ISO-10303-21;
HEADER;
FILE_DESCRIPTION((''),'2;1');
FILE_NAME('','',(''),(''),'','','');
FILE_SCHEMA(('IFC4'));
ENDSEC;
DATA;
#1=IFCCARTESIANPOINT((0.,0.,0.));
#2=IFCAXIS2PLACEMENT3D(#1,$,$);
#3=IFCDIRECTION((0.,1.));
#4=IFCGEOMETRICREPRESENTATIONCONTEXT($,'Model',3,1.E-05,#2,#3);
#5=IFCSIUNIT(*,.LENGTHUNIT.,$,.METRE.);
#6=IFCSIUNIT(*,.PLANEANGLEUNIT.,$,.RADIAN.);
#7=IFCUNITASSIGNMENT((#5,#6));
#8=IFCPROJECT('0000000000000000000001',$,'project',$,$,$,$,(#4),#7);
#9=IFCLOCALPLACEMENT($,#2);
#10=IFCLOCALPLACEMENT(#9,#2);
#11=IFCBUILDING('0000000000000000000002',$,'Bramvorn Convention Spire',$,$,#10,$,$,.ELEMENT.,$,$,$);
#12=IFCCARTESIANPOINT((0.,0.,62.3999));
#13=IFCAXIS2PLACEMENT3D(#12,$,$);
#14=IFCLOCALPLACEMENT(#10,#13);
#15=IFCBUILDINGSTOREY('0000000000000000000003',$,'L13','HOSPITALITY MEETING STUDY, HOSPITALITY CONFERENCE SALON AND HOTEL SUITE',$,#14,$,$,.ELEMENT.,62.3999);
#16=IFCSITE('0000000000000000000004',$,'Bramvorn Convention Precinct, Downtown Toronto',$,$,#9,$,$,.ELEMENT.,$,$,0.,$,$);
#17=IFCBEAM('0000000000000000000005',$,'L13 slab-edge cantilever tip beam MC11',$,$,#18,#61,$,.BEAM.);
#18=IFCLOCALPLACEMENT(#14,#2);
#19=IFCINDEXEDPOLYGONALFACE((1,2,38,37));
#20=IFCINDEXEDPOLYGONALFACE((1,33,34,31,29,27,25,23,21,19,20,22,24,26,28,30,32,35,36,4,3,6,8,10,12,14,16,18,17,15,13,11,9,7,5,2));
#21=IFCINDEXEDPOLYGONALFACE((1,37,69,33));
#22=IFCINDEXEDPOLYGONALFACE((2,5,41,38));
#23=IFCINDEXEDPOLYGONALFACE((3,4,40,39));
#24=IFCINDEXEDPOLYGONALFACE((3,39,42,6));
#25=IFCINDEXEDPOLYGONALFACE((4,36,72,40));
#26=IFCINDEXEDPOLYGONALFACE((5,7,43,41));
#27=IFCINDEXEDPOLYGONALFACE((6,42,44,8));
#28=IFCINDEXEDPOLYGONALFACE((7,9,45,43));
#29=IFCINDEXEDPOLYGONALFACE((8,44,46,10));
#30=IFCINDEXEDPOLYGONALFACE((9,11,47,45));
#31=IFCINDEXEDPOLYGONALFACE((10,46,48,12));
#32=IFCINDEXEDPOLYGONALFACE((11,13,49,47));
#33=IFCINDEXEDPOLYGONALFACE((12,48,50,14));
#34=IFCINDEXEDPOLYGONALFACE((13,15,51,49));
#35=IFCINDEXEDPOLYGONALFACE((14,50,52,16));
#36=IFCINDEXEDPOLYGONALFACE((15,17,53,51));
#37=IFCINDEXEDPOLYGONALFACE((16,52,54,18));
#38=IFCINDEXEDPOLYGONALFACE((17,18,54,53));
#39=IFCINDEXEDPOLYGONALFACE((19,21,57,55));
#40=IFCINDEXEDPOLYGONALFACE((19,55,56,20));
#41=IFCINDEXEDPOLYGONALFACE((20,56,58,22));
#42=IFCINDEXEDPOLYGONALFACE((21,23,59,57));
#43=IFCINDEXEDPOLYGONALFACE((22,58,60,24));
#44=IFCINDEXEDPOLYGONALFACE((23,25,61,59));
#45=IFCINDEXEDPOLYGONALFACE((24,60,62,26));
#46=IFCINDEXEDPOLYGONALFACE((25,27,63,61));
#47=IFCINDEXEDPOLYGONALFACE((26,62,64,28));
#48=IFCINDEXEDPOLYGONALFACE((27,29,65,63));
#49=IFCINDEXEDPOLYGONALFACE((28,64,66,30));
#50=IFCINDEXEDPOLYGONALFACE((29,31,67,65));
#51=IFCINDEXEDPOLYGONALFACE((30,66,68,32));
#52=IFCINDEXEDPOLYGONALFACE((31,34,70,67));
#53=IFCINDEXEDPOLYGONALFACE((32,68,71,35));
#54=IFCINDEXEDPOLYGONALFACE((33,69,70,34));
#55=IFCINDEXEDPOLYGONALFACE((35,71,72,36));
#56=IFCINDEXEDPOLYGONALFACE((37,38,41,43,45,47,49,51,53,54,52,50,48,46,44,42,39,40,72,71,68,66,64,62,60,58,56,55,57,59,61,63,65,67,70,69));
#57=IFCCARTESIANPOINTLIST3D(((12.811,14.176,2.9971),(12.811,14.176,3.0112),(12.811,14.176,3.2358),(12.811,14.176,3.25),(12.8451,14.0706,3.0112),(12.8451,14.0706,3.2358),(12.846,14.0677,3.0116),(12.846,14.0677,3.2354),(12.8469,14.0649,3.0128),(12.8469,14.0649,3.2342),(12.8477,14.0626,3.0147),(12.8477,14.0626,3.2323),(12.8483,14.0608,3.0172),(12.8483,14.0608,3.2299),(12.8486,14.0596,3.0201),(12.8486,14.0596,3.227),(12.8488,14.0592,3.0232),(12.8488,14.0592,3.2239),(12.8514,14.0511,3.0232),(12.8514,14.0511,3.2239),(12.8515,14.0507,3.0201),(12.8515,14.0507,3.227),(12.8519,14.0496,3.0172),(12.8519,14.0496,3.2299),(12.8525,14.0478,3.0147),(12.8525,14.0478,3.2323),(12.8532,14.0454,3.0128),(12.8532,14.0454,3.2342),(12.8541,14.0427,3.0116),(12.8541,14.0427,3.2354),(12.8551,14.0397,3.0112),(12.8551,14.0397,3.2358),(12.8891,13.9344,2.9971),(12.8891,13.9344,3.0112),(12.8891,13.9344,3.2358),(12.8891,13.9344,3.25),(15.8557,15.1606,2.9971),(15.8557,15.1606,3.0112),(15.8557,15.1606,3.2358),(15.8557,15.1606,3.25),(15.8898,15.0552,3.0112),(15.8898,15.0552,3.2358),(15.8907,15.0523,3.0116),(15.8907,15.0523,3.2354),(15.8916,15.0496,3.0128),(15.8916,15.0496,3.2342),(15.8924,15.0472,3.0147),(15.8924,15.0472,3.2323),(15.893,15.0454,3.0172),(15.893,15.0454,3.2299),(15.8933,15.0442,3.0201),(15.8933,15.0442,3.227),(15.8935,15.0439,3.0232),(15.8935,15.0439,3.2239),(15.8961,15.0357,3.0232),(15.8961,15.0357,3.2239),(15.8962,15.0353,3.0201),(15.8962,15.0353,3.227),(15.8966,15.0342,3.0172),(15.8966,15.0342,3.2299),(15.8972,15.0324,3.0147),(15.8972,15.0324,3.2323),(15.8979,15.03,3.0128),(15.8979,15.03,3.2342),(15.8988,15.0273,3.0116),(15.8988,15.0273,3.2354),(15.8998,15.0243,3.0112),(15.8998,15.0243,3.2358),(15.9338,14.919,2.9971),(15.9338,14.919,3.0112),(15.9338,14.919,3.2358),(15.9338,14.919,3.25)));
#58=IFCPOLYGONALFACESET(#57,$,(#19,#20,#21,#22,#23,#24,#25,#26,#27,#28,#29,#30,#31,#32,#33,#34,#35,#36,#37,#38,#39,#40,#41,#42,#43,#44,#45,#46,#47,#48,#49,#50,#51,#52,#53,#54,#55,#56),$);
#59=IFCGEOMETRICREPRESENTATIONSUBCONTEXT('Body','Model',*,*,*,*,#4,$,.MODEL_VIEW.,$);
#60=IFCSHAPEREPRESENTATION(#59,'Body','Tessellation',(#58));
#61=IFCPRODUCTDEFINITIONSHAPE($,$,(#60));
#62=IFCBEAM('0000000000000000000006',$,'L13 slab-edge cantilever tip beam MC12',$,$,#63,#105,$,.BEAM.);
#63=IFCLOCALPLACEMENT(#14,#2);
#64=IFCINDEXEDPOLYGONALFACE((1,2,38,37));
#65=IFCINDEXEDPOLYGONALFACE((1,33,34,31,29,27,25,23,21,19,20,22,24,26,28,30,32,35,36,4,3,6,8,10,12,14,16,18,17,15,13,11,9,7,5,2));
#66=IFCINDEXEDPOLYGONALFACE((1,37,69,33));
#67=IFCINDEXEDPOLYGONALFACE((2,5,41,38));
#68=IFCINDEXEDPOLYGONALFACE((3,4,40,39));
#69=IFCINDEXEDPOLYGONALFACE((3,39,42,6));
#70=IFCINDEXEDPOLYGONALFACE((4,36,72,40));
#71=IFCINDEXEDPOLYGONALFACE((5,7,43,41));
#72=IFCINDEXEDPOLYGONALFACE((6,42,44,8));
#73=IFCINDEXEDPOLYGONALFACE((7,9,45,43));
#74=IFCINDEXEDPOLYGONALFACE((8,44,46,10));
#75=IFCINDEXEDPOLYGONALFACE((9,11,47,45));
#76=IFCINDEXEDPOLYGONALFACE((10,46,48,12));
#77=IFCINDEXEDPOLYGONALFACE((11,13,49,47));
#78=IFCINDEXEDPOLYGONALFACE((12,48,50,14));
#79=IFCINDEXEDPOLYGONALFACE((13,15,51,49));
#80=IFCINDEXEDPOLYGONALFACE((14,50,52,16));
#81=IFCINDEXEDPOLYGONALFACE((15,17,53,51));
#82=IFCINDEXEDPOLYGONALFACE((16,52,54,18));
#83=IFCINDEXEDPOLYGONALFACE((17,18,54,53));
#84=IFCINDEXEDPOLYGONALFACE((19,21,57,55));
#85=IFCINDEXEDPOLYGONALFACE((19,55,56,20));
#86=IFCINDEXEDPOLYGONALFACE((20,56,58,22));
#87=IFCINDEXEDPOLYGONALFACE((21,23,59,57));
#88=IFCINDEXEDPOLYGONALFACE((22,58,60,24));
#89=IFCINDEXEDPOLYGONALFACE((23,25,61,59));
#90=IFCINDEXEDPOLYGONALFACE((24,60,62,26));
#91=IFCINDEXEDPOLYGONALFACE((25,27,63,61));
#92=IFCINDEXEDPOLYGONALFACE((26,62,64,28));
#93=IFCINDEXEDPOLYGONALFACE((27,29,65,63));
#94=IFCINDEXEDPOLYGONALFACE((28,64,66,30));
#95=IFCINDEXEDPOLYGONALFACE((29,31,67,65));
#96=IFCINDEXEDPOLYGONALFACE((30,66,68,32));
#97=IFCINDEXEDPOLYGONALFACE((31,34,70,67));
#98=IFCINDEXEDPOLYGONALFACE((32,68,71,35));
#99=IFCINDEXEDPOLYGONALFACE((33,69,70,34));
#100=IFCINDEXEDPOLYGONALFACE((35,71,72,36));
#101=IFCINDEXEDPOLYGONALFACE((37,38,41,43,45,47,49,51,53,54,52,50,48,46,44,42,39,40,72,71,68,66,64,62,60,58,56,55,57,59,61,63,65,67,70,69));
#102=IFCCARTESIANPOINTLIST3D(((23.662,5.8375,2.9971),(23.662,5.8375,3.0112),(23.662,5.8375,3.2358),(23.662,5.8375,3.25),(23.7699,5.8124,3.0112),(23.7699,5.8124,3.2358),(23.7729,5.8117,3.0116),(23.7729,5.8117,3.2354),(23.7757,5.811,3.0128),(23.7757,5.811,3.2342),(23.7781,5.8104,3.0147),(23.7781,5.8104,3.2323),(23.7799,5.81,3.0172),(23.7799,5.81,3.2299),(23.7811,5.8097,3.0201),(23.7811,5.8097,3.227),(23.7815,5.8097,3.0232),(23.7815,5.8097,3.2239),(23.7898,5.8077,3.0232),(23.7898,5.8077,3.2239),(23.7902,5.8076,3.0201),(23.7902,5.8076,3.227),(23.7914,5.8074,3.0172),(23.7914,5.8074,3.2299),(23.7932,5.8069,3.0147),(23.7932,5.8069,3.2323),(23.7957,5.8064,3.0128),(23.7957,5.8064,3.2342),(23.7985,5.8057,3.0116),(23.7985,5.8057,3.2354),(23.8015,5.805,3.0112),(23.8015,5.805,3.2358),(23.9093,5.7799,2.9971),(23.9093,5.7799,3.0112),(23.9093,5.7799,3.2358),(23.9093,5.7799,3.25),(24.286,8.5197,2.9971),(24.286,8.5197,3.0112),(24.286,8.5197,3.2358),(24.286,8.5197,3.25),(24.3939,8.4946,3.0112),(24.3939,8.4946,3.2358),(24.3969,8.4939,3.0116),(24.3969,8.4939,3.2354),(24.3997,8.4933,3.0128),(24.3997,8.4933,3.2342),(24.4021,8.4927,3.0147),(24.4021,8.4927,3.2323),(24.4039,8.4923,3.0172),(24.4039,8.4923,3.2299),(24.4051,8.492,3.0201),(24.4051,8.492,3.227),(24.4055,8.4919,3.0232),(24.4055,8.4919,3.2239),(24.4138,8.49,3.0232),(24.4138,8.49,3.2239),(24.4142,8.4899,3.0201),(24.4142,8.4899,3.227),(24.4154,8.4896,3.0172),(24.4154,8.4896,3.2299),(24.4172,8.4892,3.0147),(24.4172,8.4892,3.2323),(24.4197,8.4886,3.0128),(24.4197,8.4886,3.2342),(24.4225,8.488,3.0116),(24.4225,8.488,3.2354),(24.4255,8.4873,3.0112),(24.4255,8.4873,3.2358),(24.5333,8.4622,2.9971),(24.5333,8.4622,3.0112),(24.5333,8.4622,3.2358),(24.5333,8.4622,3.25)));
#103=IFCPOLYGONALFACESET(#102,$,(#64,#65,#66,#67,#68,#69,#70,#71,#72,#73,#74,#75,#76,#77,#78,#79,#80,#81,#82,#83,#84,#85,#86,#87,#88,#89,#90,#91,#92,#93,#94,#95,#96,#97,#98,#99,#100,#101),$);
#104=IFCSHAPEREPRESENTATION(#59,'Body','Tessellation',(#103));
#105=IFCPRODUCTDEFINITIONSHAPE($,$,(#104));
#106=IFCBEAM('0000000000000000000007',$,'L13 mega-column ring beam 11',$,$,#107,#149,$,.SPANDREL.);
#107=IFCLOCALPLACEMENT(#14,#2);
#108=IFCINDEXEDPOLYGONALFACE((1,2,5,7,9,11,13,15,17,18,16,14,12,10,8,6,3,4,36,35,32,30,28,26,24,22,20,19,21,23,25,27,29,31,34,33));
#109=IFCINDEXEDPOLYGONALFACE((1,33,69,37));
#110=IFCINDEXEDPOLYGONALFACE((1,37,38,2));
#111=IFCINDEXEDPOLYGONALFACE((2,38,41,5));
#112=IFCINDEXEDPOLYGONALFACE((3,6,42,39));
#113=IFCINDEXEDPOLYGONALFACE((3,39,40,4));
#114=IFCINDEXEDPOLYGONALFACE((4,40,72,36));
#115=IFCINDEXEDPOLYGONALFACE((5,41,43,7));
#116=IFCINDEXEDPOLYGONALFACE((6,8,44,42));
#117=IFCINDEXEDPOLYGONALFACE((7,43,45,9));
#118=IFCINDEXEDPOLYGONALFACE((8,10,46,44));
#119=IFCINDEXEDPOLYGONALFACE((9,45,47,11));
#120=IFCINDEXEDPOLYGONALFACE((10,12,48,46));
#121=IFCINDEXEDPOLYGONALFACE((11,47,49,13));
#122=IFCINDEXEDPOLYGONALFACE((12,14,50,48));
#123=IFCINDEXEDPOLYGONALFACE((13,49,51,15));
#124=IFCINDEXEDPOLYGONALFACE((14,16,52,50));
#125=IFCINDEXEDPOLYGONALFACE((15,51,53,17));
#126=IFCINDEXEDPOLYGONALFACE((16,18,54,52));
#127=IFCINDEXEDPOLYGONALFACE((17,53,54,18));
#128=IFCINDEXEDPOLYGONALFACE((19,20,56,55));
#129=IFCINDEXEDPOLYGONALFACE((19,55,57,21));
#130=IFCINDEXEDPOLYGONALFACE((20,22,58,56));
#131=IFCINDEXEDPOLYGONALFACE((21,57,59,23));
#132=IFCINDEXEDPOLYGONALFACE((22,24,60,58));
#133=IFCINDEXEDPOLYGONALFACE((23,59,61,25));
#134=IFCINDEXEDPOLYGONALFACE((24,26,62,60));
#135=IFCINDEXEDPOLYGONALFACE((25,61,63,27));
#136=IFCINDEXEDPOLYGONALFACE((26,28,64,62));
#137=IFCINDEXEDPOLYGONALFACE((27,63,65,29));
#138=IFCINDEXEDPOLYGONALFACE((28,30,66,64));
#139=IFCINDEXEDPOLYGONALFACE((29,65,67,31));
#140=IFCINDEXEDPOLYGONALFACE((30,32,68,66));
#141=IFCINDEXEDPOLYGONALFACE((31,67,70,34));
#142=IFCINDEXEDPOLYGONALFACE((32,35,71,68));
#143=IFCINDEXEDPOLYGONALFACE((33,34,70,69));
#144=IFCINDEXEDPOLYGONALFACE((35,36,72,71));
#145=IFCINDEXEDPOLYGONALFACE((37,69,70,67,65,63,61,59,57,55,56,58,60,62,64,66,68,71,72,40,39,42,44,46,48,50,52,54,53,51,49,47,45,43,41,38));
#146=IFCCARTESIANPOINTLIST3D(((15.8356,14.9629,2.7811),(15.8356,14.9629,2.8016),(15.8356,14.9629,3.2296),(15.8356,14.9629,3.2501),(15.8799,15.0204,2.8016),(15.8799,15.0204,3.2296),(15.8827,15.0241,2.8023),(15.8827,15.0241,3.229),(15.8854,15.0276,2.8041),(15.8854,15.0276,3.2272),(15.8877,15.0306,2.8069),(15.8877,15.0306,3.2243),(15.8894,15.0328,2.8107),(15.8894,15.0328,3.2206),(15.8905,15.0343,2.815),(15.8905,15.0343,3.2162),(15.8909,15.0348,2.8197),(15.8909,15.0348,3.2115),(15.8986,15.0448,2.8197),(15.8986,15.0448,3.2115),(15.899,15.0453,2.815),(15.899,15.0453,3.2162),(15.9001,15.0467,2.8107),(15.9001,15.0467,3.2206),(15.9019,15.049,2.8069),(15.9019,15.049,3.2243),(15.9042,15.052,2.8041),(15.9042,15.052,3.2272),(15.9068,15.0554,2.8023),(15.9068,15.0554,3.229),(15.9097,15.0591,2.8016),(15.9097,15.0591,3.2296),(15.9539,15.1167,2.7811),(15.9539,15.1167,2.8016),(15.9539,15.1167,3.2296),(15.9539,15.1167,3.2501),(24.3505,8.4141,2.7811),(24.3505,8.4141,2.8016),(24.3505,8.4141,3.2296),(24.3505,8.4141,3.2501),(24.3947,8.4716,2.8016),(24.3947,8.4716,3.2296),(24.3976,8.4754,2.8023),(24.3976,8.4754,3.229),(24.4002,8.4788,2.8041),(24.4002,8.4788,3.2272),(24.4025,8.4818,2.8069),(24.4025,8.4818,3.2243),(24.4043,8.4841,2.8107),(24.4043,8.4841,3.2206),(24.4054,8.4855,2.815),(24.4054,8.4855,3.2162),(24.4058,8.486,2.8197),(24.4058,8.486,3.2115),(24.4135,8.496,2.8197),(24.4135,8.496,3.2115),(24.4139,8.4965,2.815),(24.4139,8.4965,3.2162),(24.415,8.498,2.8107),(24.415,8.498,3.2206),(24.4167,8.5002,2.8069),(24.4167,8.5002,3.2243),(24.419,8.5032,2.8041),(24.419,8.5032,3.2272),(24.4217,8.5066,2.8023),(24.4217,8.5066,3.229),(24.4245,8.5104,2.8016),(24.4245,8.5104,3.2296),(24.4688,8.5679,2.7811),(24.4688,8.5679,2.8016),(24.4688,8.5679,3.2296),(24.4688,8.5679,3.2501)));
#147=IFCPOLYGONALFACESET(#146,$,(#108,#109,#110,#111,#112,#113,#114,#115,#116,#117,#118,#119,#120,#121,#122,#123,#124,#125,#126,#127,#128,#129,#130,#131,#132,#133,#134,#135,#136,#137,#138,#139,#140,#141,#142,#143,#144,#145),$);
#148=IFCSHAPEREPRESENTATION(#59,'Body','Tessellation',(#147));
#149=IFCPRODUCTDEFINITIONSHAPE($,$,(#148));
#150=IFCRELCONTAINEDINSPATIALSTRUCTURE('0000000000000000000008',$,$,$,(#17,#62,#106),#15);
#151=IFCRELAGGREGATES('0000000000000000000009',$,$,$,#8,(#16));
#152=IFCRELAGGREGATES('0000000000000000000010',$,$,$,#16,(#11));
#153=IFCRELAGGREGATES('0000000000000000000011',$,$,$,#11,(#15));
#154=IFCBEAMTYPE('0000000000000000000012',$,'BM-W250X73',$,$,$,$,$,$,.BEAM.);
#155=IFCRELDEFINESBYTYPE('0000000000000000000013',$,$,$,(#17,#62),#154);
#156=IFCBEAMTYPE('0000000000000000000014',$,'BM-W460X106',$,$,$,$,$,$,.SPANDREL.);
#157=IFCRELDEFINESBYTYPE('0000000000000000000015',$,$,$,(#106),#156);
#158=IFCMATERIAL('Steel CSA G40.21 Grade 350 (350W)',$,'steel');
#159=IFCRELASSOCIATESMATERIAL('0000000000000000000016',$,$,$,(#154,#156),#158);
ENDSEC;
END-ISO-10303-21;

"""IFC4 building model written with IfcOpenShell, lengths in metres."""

from ifc_helpers import new_model, si_unit, direction, frame, origin, origin_2d, place, context, subcontext, project, spatial, i_section, extrude, material, material_profile, profile_set, type_object, element, save


model = new_model("IFC4")

# Units and contexts
model_context = context("Model", 3, precision=1e-05, world=origin(), true_north=direction((0.0, 1.0)))
body_context = subcontext(model_context, "Body", "Model", "MODEL_VIEW")
ifc_project = project(units=[si_unit("LENGTHUNIT", "METRE"), si_unit("PLANEANGLEUNIT", "RADIAN")], contexts=[model_context])

# Site, building, storey
site_placement = place(None, origin())
site = spatial("IfcSite", under=ifc_project, at=site_placement, Name="Bramvorn Convention Precinct, Downtown Toronto", CompositionType="ELEMENT", RefElevation=0.0)
building_placement = place(site_placement, origin())
building = spatial("IfcBuilding", under=site, at=building_placement, Name="Bramvorn Convention Spire", CompositionType="ELEMENT")
storey_placement = place(building_placement, frame((0.0, 0.0, 62.3999)))
storey = spatial("IfcBuildingStorey", under=building, at=storey_placement, Name="L13", Description="HOSPITALITY MEETING STUDY, HOSPITALITY CONFERENCE SALON AND HOTEL SUITE", CompositionType="ELEMENT", Elevation=62.3999)

# Shared definitions
ifc_material_1 = material(Name="Steel CSA G40.21 Grade 350 (350W)", Category="steel")

# Beams
ifc_material_profile_1 = material_profile(ifc_material_1, i_section(OverallWidth=0.2539, OverallDepth=0.2529, WebThickness=0.0085, FlangeThickness=0.0142, FilletRadius=0.012, at=origin_2d()))
ifc_profile_set_1 = profile_set([ifc_material_profile_1], Name="Steel CSA G40.21 Grade 350 (350W) - W250X73")
beam_type_1 = type_object("IfcBeamType", Name="BM-W250X73", PredefinedType="BEAM", material=ifc_profile_set_1)
beam_1_placement = place(storey_placement, frame((15.8948, 15.0398, 3.1235), z_axis=(-0.951483, -0.3077, 0.0), x_axis=(0.3077, -0.951483, 0.0)))
element("IfcBeam", 1, at=beam_1_placement, inside=storey, type_object=beam_type_1, Name="L13 slab-edge cantilever tip beam MC11", PredefinedType="BEAM", context=body_context, shape_type="SweptSolid", body=[
    extrude(i_section(OverallWidth=0.2539, OverallDepth=0.2529, WebThickness=0.0085, FlangeThickness=0.0142, FilletRadius=0.012, at=origin_2d()), origin(), (0.0, 0.0, 1.0), 3.2),
])
beam_2_placement = place(storey_placement, frame((24.4097, 8.491, 3.1235), z_axis=(-0.226588, -0.973991, 0.0), x_axis=(0.973991, -0.226588, 0.0)))
element("IfcBeam", 2, at=beam_2_placement, inside=storey, type_object=beam_type_1, Name="L13 slab-edge cantilever tip beam MC12", PredefinedType="BEAM", context=body_context, shape_type="SweptSolid", body=[
    extrude(i_section(OverallWidth=0.2539, OverallDepth=0.2529, WebThickness=0.0085, FlangeThickness=0.0142, FilletRadius=0.012, at=origin_2d()), origin(), (0.0, 0.0, 1.0), 2.7539),
])
ifc_material_profile_2 = material_profile(ifc_material_1, i_section(OverallWidth=0.1941, OverallDepth=0.469, WebThickness=0.0127, FlangeThickness=0.0205, FilletRadius=0.0181, at=origin_2d()))
ifc_profile_set_2 = profile_set([ifc_material_profile_2], Name="Steel CSA G40.21 Grade 350 (350W) - W460X106")
beam_type_2 = type_object("IfcBeamType", Name="BM-W460X106", PredefinedType="SPANDREL", material=ifc_profile_set_2)
beam_3_placement = place(storey_placement, frame((15.8948, 15.0398, 3.0156), z_axis=(0.792673, -0.609647, 0.0), x_axis=(0.609647, 0.792673, 0.0)))
element("IfcBeam", 3, at=beam_3_placement, inside=storey, type_object=beam_type_2, Name="L13 mega-column ring beam 11", PredefinedType="SPANDREL", context=body_context, shape_type="SweptSolid", body=[
    extrude(i_section(OverallWidth=0.1941, OverallDepth=0.469, WebThickness=0.0127, FlangeThickness=0.0205, FilletRadius=0.0181, at=origin_2d()), origin(), (0.0, 0.0, 1.0), 10.7419),
])

save(model, "model.ifc")
